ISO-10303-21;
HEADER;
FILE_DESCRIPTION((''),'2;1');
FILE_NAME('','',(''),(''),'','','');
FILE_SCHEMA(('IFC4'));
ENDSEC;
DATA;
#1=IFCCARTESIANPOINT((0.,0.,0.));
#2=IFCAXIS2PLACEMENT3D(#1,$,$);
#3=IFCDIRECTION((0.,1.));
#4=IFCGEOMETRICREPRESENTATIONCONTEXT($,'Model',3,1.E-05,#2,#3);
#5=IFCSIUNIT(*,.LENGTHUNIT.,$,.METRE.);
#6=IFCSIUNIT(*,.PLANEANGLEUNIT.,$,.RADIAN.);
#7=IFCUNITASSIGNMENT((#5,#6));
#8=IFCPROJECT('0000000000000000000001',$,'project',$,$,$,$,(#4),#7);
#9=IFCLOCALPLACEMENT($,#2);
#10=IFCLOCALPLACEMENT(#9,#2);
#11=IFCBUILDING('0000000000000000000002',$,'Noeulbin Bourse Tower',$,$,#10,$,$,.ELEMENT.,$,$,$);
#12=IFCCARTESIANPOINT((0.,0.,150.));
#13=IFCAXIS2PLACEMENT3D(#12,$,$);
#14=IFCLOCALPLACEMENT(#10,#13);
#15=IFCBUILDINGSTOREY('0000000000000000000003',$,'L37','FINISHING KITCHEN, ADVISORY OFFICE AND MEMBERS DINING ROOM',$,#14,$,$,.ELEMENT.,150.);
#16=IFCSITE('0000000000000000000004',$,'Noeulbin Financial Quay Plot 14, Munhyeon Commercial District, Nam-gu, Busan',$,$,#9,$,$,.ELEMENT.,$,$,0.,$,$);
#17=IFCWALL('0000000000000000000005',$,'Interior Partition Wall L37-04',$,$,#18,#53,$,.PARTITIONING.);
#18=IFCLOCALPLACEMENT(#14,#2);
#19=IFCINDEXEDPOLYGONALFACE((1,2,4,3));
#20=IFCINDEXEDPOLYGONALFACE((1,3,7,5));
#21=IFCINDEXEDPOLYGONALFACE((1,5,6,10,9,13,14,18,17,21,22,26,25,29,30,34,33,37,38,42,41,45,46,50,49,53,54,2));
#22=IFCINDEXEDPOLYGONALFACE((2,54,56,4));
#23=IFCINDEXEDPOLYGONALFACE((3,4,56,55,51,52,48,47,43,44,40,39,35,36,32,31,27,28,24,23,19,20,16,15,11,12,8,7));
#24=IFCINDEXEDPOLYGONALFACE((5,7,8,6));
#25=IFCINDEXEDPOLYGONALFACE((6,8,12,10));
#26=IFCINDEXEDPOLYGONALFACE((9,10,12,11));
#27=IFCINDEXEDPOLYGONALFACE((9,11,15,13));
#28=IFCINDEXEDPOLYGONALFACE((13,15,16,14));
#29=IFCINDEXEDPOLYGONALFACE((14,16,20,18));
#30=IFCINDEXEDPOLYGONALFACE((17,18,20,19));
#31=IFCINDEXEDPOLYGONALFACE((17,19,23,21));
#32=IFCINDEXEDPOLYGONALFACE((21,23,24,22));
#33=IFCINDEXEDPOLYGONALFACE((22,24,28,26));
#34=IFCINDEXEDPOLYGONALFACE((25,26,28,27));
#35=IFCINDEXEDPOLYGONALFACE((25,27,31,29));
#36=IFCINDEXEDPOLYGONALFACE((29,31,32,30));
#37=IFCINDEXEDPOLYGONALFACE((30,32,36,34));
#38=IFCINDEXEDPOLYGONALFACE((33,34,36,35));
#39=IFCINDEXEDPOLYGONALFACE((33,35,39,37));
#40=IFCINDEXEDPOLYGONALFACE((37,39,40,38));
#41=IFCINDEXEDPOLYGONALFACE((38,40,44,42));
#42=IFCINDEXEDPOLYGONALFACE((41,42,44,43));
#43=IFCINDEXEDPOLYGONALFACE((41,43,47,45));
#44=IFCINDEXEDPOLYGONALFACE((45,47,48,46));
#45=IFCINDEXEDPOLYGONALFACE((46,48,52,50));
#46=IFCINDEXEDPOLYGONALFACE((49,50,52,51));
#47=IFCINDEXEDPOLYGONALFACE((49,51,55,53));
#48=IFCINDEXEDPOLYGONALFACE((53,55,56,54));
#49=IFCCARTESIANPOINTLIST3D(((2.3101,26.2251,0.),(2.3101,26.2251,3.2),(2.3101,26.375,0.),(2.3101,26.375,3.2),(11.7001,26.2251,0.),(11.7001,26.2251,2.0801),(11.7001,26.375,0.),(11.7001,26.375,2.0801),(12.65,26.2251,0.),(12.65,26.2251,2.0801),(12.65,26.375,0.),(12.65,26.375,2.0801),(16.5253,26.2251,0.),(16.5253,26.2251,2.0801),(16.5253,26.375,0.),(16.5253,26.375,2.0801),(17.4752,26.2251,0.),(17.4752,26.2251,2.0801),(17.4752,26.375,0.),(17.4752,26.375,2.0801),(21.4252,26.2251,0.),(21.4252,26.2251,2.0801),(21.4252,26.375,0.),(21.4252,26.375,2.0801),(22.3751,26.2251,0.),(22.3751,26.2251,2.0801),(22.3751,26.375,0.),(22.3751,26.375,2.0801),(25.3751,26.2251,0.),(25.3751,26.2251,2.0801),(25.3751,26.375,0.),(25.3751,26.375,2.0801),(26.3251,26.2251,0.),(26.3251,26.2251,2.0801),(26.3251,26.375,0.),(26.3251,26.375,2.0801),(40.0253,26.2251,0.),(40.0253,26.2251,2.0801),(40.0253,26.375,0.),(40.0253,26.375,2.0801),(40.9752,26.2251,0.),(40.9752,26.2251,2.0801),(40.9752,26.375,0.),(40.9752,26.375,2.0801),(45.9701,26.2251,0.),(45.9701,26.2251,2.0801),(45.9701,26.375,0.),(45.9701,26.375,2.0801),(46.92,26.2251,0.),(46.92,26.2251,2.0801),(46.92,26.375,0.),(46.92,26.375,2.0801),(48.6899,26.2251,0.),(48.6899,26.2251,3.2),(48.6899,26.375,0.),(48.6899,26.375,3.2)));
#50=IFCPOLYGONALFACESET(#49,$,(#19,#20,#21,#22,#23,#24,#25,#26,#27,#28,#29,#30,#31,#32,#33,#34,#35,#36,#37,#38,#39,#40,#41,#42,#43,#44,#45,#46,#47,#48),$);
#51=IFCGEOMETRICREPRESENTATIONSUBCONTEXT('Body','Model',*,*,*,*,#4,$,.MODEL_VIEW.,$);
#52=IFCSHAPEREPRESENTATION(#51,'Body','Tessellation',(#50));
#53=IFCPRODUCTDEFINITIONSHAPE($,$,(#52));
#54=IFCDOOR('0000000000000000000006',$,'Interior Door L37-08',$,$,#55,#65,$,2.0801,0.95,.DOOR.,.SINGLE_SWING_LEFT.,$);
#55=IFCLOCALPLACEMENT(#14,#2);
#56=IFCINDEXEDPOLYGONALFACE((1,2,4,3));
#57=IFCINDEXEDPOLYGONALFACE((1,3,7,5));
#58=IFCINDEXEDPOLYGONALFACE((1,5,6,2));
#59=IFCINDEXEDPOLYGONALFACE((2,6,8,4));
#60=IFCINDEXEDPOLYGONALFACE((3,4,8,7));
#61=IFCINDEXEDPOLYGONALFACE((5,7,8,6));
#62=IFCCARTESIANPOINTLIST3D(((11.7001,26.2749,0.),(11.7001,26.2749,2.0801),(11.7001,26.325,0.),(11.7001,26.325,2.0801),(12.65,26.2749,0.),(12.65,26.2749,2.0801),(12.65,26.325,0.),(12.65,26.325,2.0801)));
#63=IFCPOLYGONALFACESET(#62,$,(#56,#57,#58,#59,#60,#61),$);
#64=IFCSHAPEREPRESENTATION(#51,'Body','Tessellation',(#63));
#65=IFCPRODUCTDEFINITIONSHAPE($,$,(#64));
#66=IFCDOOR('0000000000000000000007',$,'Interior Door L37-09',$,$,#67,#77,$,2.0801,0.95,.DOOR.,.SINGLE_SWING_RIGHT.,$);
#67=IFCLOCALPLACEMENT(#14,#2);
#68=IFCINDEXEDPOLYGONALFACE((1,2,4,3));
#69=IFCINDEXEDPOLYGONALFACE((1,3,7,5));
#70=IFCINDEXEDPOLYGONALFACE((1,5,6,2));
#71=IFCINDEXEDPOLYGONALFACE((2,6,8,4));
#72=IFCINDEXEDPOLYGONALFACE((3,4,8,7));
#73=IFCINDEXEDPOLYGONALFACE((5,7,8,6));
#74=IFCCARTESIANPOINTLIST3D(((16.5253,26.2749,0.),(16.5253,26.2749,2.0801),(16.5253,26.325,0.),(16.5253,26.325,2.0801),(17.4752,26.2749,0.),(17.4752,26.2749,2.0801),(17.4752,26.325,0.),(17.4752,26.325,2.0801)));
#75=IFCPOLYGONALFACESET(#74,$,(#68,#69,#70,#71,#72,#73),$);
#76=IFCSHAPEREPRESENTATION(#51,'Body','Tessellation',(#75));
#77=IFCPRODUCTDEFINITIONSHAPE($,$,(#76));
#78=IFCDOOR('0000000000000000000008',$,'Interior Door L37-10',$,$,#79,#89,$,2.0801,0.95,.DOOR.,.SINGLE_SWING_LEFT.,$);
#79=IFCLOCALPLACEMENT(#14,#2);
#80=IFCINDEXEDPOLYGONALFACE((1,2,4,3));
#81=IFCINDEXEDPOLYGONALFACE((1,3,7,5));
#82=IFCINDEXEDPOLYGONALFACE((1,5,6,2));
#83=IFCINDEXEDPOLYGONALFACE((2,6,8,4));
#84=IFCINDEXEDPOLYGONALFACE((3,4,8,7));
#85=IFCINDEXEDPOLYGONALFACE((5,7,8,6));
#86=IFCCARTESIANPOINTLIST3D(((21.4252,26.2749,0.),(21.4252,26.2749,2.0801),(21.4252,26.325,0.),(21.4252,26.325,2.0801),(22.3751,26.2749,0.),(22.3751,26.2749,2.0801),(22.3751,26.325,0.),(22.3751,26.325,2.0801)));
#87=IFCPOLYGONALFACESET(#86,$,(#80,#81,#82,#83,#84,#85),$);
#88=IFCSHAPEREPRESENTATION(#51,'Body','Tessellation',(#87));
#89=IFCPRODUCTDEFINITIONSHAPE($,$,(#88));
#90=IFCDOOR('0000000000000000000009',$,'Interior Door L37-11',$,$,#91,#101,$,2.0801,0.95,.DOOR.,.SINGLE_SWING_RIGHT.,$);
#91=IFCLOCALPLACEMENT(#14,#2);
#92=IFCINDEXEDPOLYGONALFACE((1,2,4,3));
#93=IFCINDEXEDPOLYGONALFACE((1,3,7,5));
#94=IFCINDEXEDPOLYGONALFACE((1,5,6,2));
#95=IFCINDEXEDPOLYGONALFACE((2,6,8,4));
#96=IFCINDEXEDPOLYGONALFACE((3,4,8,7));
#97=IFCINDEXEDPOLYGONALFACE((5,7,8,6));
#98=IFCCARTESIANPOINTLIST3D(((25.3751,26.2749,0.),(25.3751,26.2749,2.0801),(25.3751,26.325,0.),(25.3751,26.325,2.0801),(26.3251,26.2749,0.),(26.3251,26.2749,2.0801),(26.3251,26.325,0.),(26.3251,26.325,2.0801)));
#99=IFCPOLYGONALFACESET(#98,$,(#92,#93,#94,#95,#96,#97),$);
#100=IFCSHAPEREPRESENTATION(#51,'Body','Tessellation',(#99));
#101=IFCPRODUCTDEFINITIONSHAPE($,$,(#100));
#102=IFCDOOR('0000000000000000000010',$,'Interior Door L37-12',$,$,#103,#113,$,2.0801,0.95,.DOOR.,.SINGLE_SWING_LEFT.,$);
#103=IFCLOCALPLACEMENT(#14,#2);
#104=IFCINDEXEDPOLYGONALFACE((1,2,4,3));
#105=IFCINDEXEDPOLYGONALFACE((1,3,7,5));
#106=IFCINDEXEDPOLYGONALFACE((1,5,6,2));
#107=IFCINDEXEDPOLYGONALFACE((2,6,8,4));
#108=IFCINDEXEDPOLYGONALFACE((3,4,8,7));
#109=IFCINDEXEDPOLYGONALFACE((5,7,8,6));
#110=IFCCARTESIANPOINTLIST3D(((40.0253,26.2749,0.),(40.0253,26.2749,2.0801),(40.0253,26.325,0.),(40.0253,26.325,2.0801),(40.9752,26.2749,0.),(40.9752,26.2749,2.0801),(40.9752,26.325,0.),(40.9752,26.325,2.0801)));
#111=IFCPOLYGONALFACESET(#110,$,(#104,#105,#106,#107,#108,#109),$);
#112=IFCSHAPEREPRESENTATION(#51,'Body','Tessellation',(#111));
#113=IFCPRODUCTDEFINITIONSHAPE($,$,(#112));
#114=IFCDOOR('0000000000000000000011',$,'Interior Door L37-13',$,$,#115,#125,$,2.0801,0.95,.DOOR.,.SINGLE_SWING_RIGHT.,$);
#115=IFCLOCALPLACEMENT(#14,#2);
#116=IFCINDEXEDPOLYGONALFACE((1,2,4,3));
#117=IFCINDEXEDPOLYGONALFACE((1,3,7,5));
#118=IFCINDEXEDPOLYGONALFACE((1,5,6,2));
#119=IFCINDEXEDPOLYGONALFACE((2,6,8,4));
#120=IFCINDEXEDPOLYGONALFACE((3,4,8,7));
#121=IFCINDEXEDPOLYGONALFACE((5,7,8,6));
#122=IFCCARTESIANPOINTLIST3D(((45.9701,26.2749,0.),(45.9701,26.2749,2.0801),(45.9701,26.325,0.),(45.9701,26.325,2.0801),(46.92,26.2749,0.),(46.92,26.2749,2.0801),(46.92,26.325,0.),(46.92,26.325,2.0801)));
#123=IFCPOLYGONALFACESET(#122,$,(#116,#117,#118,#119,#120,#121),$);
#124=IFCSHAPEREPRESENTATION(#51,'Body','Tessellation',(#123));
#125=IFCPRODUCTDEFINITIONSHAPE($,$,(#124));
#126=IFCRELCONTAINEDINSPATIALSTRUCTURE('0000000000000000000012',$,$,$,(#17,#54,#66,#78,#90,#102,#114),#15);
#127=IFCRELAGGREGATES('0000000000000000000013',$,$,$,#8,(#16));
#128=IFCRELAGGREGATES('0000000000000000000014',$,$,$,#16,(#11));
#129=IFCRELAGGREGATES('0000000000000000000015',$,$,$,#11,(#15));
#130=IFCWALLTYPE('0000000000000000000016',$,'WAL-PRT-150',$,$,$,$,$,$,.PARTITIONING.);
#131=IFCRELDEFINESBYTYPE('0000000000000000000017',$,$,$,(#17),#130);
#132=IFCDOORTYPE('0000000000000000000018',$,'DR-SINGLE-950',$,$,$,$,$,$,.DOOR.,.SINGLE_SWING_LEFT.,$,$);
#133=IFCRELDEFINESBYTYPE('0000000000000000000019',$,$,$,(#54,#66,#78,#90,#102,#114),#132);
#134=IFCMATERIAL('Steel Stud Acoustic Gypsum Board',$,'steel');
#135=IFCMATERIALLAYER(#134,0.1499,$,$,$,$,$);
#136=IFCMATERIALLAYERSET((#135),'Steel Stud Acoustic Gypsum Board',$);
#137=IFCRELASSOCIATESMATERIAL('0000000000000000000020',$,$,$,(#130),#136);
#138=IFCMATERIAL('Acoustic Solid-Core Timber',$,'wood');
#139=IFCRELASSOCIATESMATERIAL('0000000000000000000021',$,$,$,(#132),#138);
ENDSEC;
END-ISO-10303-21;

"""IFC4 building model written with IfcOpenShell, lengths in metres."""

from ifc_helpers import new_model, si_unit, direction, frame, frame_2d, origin, place, context, subcontext, project, spatial, rectangle, extrude, material, layer, layer_set, type_object, element, fill, save


model = new_model("IFC4")

# Units and contexts
model_context = context("Model", 3, precision=1e-05, world=origin(), true_north=direction((0.0, 1.0)))
body_context = subcontext(model_context, "Body", "Model", "MODEL_VIEW")
ifc_project = project(units=[si_unit("LENGTHUNIT", "METRE"), si_unit("PLANEANGLEUNIT", "RADIAN")], contexts=[model_context])

# Site, building, storey
site_placement = place(None, origin())
site = spatial("IfcSite", under=ifc_project, at=site_placement, Name="Noeulbin Financial Quay Plot 14, Munhyeon Commercial District, Nam-gu, Busan", CompositionType="ELEMENT", RefElevation=0.0)
building_placement = place(site_placement, origin())
building = spatial("IfcBuilding", under=site, at=building_placement, Name="Noeulbin Bourse Tower", CompositionType="ELEMENT")
storey_placement = place(building_placement, frame((0.0, 0.0, 150.0)))
storey = spatial("IfcBuildingStorey", under=building, at=storey_placement, Name="L37", Description="FINISHING KITCHEN, ADVISORY OFFICE AND MEMBERS DINING ROOM", CompositionType="ELEMENT", Elevation=150.0)

# Wall, openings, doors
ifc_material_1 = material(Name="Steel Stud Acoustic Gypsum Board", Category="steel")
ifc_layer_1 = layer(ifc_material_1, 0.1499)
ifc_layer_set_1 = layer_set([ifc_layer_1], Name="Steel Stud Acoustic Gypsum Board")
wall_type_1 = type_object("IfcWallType", Name="WAL-PRT-150", PredefinedType="PARTITIONING", material=ifc_layer_set_1)
wall_1_placement = place(storey_placement, frame((2.3101, 26.3, 0.0), z_axis=(0.0, 0.0, 1.0), x_axis=(1.0, 0.0, 0.0)))
wall_1 = element("IfcWall", 1, at=wall_1_placement, inside=storey, type_object=wall_type_1, Name="Interior Partition Wall L37-04", PredefinedType="PARTITIONING", context=body_context, shape_type="SweptSolid", body=[
    extrude(rectangle(XDim=46.3799, YDim=0.1499, at=frame_2d((23.1899, 0.0))), origin(), (0.0, 0.0, 1.0), 3.2),
])
opening_1_placement = place(wall_1_placement, frame((9.3899, 0.0, 0.0)))
opening_1 = element("IfcOpeningElement", 2, at=opening_1_placement, cuts=wall_1, PredefinedType="OPENING", context=body_context, shape_type="SweptSolid", body=[
    extrude(rectangle(XDim=0.95, YDim=2.0801, at=frame_2d((0.4751, 1.04))), frame((0.0, 0.085, 0.0), z_axis=(0.0, -1.0, 0.0), x_axis=(1.0, 0.0, 0.0)), (0.0, 0.0, 1.0), 0.1699),
])
opening_2_placement = place(wall_1_placement, frame((14.2151, 0.0, 0.0)))
opening_2 = element("IfcOpeningElement", 3, at=opening_2_placement, cuts=wall_1, PredefinedType="OPENING", context=body_context, shape_type="SweptSolid", body=[
    extrude(rectangle(XDim=0.95, YDim=2.0801, at=frame_2d((0.4751, 1.04))), frame((0.0, 0.085, 0.0), z_axis=(0.0, -1.0, 0.0), x_axis=(1.0, 0.0, 0.0)), (0.0, 0.0, 1.0), 0.1699),
])
opening_3_placement = place(wall_1_placement, frame((19.115, 0.0, 0.0)))
opening_3 = element("IfcOpeningElement", 4, at=opening_3_placement, cuts=wall_1, PredefinedType="OPENING", context=body_context, shape_type="SweptSolid", body=[
    extrude(rectangle(XDim=0.95, YDim=2.0801, at=frame_2d((0.4751, 1.04))), frame((0.0, 0.085, 0.0), z_axis=(0.0, -1.0, 0.0), x_axis=(1.0, 0.0, 0.0)), (0.0, 0.0, 1.0), 0.1699),
])
opening_4_placement = place(wall_1_placement, frame((23.0649, 0.0, 0.0)))
opening_4 = element("IfcOpeningElement", 5, at=opening_4_placement, cuts=wall_1, PredefinedType="OPENING", context=body_context, shape_type="SweptSolid", body=[
    extrude(rectangle(XDim=0.95, YDim=2.0801, at=frame_2d((0.4751, 1.04))), frame((0.0, 0.085, 0.0), z_axis=(0.0, -1.0, 0.0), x_axis=(1.0, 0.0, 0.0)), (0.0, 0.0, 1.0), 0.1699),
])
opening_5_placement = place(wall_1_placement, frame((37.7151, 0.0, 0.0)))
opening_5 = element("IfcOpeningElement", 6, at=opening_5_placement, cuts=wall_1, PredefinedType="OPENING", context=body_context, shape_type="SweptSolid", body=[
    extrude(rectangle(XDim=0.95, YDim=2.0801, at=frame_2d((0.4751, 1.04))), frame((0.0, 0.085, 0.0), z_axis=(0.0, -1.0, 0.0), x_axis=(1.0, 0.0, 0.0)), (0.0, 0.0, 1.0), 0.1699),
])
opening_6_placement = place(wall_1_placement, frame((43.6599, 0.0, 0.0)))
opening_6 = element("IfcOpeningElement", 7, at=opening_6_placement, cuts=wall_1, PredefinedType="OPENING", context=body_context, shape_type="SweptSolid", body=[
    extrude(rectangle(XDim=0.95, YDim=2.0801, at=frame_2d((0.4751, 1.04))), frame((0.0, 0.085, 0.0), z_axis=(0.0, -1.0, 0.0), x_axis=(1.0, 0.0, 0.0)), (0.0, 0.0, 1.0), 0.1699),
])
ifc_material_2 = material(Name="Acoustic Solid-Core Timber", Category="wood")
door_type = type_object("IfcDoorType", Name="DR-SINGLE-950", OperationType="SINGLE_SWING_LEFT", PredefinedType="DOOR", material=ifc_material_2)
door_1_placement = place(opening_1_placement, origin())
door_1 = element("IfcDoor", 8, at=door_1_placement, inside=storey, type_object=door_type, Name="Interior Door L37-08", OperationType="SINGLE_SWING_LEFT", OverallHeight=2.0801, OverallWidth=0.95, PredefinedType="DOOR", context=body_context, shape_type="SweptSolid", body=[
    extrude(rectangle(XDim=0.95, YDim=2.0801, at=frame_2d((0.4751, 1.04))), frame((0.0, 0.0249, 0.0), z_axis=(0.0, -1.0, 0.0), x_axis=(1.0, 0.0, 0.0)), (0.0, 0.0, 1.0), 0.05),
])
fill(opening_1, door_1)
door_2_placement = place(opening_2_placement, origin())
door_2 = element("IfcDoor", 9, at=door_2_placement, inside=storey, type_object=door_type, Name="Interior Door L37-09", OperationType="SINGLE_SWING_RIGHT", OverallHeight=2.0801, OverallWidth=0.95, PredefinedType="DOOR", context=body_context, shape_type="SweptSolid", body=[
    extrude(rectangle(XDim=0.95, YDim=2.0801, at=frame_2d((0.4751, 1.04))), frame((0.0, 0.0249, 0.0), z_axis=(0.0, -1.0, 0.0), x_axis=(1.0, 0.0, 0.0)), (0.0, 0.0, 1.0), 0.05),
])
fill(opening_2, door_2)
door_3_placement = place(opening_3_placement, origin())
door_3 = element("IfcDoor", 10, at=door_3_placement, inside=storey, type_object=door_type, Name="Interior Door L37-10", OperationType="SINGLE_SWING_LEFT", OverallHeight=2.0801, OverallWidth=0.95, PredefinedType="DOOR", context=body_context, shape_type="SweptSolid", body=[
    extrude(rectangle(XDim=0.95, YDim=2.0801, at=frame_2d((0.4751, 1.04))), frame((0.0, 0.0249, 0.0), z_axis=(0.0, -1.0, 0.0), x_axis=(1.0, 0.0, 0.0)), (0.0, 0.0, 1.0), 0.05),
])
fill(opening_3, door_3)
door_4_placement = place(opening_4_placement, origin())
door_4 = element("IfcDoor", 11, at=door_4_placement, inside=storey, type_object=door_type, Name="Interior Door L37-11", OperationType="SINGLE_SWING_RIGHT", OverallHeight=2.0801, OverallWidth=0.95, PredefinedType="DOOR", context=body_context, shape_type="SweptSolid", body=[
    extrude(rectangle(XDim=0.95, YDim=2.0801, at=frame_2d((0.4751, 1.04))), frame((0.0, 0.0249, 0.0), z_axis=(0.0, -1.0, 0.0), x_axis=(1.0, 0.0, 0.0)), (0.0, 0.0, 1.0), 0.05),
])
fill(opening_4, door_4)
door_5_placement = place(opening_5_placement, origin())
door_5 = element("IfcDoor", 12, at=door_5_placement, inside=storey, type_object=door_type, Name="Interior Door L37-12", OperationType="SINGLE_SWING_LEFT", OverallHeight=2.0801, OverallWidth=0.95, PredefinedType="DOOR", context=body_context, shape_type="SweptSolid", body=[
    extrude(rectangle(XDim=0.95, YDim=2.0801, at=frame_2d((0.4751, 1.04))), frame((0.0, 0.0249, 0.0), z_axis=(0.0, -1.0, 0.0), x_axis=(1.0, 0.0, 0.0)), (0.0, 0.0, 1.0), 0.05),
])
fill(opening_5, door_5)
door_6_placement = place(opening_6_placement, origin())
door_6 = element("IfcDoor", 13, at=door_6_placement, inside=storey, type_object=door_type, Name="Interior Door L37-13", OperationType="SINGLE_SWING_RIGHT", OverallHeight=2.0801, OverallWidth=0.95, PredefinedType="DOOR", context=body_context, shape_type="SweptSolid", body=[
    extrude(rectangle(XDim=0.95, YDim=2.0801, at=frame_2d((0.4751, 1.04))), frame((0.0, 0.0249, 0.0), z_axis=(0.0, -1.0, 0.0), x_axis=(1.0, 0.0, 0.0)), (0.0, 0.0, 1.0), 0.05),
])
fill(opening_6, door_6)

save(model, "model.ifc")
